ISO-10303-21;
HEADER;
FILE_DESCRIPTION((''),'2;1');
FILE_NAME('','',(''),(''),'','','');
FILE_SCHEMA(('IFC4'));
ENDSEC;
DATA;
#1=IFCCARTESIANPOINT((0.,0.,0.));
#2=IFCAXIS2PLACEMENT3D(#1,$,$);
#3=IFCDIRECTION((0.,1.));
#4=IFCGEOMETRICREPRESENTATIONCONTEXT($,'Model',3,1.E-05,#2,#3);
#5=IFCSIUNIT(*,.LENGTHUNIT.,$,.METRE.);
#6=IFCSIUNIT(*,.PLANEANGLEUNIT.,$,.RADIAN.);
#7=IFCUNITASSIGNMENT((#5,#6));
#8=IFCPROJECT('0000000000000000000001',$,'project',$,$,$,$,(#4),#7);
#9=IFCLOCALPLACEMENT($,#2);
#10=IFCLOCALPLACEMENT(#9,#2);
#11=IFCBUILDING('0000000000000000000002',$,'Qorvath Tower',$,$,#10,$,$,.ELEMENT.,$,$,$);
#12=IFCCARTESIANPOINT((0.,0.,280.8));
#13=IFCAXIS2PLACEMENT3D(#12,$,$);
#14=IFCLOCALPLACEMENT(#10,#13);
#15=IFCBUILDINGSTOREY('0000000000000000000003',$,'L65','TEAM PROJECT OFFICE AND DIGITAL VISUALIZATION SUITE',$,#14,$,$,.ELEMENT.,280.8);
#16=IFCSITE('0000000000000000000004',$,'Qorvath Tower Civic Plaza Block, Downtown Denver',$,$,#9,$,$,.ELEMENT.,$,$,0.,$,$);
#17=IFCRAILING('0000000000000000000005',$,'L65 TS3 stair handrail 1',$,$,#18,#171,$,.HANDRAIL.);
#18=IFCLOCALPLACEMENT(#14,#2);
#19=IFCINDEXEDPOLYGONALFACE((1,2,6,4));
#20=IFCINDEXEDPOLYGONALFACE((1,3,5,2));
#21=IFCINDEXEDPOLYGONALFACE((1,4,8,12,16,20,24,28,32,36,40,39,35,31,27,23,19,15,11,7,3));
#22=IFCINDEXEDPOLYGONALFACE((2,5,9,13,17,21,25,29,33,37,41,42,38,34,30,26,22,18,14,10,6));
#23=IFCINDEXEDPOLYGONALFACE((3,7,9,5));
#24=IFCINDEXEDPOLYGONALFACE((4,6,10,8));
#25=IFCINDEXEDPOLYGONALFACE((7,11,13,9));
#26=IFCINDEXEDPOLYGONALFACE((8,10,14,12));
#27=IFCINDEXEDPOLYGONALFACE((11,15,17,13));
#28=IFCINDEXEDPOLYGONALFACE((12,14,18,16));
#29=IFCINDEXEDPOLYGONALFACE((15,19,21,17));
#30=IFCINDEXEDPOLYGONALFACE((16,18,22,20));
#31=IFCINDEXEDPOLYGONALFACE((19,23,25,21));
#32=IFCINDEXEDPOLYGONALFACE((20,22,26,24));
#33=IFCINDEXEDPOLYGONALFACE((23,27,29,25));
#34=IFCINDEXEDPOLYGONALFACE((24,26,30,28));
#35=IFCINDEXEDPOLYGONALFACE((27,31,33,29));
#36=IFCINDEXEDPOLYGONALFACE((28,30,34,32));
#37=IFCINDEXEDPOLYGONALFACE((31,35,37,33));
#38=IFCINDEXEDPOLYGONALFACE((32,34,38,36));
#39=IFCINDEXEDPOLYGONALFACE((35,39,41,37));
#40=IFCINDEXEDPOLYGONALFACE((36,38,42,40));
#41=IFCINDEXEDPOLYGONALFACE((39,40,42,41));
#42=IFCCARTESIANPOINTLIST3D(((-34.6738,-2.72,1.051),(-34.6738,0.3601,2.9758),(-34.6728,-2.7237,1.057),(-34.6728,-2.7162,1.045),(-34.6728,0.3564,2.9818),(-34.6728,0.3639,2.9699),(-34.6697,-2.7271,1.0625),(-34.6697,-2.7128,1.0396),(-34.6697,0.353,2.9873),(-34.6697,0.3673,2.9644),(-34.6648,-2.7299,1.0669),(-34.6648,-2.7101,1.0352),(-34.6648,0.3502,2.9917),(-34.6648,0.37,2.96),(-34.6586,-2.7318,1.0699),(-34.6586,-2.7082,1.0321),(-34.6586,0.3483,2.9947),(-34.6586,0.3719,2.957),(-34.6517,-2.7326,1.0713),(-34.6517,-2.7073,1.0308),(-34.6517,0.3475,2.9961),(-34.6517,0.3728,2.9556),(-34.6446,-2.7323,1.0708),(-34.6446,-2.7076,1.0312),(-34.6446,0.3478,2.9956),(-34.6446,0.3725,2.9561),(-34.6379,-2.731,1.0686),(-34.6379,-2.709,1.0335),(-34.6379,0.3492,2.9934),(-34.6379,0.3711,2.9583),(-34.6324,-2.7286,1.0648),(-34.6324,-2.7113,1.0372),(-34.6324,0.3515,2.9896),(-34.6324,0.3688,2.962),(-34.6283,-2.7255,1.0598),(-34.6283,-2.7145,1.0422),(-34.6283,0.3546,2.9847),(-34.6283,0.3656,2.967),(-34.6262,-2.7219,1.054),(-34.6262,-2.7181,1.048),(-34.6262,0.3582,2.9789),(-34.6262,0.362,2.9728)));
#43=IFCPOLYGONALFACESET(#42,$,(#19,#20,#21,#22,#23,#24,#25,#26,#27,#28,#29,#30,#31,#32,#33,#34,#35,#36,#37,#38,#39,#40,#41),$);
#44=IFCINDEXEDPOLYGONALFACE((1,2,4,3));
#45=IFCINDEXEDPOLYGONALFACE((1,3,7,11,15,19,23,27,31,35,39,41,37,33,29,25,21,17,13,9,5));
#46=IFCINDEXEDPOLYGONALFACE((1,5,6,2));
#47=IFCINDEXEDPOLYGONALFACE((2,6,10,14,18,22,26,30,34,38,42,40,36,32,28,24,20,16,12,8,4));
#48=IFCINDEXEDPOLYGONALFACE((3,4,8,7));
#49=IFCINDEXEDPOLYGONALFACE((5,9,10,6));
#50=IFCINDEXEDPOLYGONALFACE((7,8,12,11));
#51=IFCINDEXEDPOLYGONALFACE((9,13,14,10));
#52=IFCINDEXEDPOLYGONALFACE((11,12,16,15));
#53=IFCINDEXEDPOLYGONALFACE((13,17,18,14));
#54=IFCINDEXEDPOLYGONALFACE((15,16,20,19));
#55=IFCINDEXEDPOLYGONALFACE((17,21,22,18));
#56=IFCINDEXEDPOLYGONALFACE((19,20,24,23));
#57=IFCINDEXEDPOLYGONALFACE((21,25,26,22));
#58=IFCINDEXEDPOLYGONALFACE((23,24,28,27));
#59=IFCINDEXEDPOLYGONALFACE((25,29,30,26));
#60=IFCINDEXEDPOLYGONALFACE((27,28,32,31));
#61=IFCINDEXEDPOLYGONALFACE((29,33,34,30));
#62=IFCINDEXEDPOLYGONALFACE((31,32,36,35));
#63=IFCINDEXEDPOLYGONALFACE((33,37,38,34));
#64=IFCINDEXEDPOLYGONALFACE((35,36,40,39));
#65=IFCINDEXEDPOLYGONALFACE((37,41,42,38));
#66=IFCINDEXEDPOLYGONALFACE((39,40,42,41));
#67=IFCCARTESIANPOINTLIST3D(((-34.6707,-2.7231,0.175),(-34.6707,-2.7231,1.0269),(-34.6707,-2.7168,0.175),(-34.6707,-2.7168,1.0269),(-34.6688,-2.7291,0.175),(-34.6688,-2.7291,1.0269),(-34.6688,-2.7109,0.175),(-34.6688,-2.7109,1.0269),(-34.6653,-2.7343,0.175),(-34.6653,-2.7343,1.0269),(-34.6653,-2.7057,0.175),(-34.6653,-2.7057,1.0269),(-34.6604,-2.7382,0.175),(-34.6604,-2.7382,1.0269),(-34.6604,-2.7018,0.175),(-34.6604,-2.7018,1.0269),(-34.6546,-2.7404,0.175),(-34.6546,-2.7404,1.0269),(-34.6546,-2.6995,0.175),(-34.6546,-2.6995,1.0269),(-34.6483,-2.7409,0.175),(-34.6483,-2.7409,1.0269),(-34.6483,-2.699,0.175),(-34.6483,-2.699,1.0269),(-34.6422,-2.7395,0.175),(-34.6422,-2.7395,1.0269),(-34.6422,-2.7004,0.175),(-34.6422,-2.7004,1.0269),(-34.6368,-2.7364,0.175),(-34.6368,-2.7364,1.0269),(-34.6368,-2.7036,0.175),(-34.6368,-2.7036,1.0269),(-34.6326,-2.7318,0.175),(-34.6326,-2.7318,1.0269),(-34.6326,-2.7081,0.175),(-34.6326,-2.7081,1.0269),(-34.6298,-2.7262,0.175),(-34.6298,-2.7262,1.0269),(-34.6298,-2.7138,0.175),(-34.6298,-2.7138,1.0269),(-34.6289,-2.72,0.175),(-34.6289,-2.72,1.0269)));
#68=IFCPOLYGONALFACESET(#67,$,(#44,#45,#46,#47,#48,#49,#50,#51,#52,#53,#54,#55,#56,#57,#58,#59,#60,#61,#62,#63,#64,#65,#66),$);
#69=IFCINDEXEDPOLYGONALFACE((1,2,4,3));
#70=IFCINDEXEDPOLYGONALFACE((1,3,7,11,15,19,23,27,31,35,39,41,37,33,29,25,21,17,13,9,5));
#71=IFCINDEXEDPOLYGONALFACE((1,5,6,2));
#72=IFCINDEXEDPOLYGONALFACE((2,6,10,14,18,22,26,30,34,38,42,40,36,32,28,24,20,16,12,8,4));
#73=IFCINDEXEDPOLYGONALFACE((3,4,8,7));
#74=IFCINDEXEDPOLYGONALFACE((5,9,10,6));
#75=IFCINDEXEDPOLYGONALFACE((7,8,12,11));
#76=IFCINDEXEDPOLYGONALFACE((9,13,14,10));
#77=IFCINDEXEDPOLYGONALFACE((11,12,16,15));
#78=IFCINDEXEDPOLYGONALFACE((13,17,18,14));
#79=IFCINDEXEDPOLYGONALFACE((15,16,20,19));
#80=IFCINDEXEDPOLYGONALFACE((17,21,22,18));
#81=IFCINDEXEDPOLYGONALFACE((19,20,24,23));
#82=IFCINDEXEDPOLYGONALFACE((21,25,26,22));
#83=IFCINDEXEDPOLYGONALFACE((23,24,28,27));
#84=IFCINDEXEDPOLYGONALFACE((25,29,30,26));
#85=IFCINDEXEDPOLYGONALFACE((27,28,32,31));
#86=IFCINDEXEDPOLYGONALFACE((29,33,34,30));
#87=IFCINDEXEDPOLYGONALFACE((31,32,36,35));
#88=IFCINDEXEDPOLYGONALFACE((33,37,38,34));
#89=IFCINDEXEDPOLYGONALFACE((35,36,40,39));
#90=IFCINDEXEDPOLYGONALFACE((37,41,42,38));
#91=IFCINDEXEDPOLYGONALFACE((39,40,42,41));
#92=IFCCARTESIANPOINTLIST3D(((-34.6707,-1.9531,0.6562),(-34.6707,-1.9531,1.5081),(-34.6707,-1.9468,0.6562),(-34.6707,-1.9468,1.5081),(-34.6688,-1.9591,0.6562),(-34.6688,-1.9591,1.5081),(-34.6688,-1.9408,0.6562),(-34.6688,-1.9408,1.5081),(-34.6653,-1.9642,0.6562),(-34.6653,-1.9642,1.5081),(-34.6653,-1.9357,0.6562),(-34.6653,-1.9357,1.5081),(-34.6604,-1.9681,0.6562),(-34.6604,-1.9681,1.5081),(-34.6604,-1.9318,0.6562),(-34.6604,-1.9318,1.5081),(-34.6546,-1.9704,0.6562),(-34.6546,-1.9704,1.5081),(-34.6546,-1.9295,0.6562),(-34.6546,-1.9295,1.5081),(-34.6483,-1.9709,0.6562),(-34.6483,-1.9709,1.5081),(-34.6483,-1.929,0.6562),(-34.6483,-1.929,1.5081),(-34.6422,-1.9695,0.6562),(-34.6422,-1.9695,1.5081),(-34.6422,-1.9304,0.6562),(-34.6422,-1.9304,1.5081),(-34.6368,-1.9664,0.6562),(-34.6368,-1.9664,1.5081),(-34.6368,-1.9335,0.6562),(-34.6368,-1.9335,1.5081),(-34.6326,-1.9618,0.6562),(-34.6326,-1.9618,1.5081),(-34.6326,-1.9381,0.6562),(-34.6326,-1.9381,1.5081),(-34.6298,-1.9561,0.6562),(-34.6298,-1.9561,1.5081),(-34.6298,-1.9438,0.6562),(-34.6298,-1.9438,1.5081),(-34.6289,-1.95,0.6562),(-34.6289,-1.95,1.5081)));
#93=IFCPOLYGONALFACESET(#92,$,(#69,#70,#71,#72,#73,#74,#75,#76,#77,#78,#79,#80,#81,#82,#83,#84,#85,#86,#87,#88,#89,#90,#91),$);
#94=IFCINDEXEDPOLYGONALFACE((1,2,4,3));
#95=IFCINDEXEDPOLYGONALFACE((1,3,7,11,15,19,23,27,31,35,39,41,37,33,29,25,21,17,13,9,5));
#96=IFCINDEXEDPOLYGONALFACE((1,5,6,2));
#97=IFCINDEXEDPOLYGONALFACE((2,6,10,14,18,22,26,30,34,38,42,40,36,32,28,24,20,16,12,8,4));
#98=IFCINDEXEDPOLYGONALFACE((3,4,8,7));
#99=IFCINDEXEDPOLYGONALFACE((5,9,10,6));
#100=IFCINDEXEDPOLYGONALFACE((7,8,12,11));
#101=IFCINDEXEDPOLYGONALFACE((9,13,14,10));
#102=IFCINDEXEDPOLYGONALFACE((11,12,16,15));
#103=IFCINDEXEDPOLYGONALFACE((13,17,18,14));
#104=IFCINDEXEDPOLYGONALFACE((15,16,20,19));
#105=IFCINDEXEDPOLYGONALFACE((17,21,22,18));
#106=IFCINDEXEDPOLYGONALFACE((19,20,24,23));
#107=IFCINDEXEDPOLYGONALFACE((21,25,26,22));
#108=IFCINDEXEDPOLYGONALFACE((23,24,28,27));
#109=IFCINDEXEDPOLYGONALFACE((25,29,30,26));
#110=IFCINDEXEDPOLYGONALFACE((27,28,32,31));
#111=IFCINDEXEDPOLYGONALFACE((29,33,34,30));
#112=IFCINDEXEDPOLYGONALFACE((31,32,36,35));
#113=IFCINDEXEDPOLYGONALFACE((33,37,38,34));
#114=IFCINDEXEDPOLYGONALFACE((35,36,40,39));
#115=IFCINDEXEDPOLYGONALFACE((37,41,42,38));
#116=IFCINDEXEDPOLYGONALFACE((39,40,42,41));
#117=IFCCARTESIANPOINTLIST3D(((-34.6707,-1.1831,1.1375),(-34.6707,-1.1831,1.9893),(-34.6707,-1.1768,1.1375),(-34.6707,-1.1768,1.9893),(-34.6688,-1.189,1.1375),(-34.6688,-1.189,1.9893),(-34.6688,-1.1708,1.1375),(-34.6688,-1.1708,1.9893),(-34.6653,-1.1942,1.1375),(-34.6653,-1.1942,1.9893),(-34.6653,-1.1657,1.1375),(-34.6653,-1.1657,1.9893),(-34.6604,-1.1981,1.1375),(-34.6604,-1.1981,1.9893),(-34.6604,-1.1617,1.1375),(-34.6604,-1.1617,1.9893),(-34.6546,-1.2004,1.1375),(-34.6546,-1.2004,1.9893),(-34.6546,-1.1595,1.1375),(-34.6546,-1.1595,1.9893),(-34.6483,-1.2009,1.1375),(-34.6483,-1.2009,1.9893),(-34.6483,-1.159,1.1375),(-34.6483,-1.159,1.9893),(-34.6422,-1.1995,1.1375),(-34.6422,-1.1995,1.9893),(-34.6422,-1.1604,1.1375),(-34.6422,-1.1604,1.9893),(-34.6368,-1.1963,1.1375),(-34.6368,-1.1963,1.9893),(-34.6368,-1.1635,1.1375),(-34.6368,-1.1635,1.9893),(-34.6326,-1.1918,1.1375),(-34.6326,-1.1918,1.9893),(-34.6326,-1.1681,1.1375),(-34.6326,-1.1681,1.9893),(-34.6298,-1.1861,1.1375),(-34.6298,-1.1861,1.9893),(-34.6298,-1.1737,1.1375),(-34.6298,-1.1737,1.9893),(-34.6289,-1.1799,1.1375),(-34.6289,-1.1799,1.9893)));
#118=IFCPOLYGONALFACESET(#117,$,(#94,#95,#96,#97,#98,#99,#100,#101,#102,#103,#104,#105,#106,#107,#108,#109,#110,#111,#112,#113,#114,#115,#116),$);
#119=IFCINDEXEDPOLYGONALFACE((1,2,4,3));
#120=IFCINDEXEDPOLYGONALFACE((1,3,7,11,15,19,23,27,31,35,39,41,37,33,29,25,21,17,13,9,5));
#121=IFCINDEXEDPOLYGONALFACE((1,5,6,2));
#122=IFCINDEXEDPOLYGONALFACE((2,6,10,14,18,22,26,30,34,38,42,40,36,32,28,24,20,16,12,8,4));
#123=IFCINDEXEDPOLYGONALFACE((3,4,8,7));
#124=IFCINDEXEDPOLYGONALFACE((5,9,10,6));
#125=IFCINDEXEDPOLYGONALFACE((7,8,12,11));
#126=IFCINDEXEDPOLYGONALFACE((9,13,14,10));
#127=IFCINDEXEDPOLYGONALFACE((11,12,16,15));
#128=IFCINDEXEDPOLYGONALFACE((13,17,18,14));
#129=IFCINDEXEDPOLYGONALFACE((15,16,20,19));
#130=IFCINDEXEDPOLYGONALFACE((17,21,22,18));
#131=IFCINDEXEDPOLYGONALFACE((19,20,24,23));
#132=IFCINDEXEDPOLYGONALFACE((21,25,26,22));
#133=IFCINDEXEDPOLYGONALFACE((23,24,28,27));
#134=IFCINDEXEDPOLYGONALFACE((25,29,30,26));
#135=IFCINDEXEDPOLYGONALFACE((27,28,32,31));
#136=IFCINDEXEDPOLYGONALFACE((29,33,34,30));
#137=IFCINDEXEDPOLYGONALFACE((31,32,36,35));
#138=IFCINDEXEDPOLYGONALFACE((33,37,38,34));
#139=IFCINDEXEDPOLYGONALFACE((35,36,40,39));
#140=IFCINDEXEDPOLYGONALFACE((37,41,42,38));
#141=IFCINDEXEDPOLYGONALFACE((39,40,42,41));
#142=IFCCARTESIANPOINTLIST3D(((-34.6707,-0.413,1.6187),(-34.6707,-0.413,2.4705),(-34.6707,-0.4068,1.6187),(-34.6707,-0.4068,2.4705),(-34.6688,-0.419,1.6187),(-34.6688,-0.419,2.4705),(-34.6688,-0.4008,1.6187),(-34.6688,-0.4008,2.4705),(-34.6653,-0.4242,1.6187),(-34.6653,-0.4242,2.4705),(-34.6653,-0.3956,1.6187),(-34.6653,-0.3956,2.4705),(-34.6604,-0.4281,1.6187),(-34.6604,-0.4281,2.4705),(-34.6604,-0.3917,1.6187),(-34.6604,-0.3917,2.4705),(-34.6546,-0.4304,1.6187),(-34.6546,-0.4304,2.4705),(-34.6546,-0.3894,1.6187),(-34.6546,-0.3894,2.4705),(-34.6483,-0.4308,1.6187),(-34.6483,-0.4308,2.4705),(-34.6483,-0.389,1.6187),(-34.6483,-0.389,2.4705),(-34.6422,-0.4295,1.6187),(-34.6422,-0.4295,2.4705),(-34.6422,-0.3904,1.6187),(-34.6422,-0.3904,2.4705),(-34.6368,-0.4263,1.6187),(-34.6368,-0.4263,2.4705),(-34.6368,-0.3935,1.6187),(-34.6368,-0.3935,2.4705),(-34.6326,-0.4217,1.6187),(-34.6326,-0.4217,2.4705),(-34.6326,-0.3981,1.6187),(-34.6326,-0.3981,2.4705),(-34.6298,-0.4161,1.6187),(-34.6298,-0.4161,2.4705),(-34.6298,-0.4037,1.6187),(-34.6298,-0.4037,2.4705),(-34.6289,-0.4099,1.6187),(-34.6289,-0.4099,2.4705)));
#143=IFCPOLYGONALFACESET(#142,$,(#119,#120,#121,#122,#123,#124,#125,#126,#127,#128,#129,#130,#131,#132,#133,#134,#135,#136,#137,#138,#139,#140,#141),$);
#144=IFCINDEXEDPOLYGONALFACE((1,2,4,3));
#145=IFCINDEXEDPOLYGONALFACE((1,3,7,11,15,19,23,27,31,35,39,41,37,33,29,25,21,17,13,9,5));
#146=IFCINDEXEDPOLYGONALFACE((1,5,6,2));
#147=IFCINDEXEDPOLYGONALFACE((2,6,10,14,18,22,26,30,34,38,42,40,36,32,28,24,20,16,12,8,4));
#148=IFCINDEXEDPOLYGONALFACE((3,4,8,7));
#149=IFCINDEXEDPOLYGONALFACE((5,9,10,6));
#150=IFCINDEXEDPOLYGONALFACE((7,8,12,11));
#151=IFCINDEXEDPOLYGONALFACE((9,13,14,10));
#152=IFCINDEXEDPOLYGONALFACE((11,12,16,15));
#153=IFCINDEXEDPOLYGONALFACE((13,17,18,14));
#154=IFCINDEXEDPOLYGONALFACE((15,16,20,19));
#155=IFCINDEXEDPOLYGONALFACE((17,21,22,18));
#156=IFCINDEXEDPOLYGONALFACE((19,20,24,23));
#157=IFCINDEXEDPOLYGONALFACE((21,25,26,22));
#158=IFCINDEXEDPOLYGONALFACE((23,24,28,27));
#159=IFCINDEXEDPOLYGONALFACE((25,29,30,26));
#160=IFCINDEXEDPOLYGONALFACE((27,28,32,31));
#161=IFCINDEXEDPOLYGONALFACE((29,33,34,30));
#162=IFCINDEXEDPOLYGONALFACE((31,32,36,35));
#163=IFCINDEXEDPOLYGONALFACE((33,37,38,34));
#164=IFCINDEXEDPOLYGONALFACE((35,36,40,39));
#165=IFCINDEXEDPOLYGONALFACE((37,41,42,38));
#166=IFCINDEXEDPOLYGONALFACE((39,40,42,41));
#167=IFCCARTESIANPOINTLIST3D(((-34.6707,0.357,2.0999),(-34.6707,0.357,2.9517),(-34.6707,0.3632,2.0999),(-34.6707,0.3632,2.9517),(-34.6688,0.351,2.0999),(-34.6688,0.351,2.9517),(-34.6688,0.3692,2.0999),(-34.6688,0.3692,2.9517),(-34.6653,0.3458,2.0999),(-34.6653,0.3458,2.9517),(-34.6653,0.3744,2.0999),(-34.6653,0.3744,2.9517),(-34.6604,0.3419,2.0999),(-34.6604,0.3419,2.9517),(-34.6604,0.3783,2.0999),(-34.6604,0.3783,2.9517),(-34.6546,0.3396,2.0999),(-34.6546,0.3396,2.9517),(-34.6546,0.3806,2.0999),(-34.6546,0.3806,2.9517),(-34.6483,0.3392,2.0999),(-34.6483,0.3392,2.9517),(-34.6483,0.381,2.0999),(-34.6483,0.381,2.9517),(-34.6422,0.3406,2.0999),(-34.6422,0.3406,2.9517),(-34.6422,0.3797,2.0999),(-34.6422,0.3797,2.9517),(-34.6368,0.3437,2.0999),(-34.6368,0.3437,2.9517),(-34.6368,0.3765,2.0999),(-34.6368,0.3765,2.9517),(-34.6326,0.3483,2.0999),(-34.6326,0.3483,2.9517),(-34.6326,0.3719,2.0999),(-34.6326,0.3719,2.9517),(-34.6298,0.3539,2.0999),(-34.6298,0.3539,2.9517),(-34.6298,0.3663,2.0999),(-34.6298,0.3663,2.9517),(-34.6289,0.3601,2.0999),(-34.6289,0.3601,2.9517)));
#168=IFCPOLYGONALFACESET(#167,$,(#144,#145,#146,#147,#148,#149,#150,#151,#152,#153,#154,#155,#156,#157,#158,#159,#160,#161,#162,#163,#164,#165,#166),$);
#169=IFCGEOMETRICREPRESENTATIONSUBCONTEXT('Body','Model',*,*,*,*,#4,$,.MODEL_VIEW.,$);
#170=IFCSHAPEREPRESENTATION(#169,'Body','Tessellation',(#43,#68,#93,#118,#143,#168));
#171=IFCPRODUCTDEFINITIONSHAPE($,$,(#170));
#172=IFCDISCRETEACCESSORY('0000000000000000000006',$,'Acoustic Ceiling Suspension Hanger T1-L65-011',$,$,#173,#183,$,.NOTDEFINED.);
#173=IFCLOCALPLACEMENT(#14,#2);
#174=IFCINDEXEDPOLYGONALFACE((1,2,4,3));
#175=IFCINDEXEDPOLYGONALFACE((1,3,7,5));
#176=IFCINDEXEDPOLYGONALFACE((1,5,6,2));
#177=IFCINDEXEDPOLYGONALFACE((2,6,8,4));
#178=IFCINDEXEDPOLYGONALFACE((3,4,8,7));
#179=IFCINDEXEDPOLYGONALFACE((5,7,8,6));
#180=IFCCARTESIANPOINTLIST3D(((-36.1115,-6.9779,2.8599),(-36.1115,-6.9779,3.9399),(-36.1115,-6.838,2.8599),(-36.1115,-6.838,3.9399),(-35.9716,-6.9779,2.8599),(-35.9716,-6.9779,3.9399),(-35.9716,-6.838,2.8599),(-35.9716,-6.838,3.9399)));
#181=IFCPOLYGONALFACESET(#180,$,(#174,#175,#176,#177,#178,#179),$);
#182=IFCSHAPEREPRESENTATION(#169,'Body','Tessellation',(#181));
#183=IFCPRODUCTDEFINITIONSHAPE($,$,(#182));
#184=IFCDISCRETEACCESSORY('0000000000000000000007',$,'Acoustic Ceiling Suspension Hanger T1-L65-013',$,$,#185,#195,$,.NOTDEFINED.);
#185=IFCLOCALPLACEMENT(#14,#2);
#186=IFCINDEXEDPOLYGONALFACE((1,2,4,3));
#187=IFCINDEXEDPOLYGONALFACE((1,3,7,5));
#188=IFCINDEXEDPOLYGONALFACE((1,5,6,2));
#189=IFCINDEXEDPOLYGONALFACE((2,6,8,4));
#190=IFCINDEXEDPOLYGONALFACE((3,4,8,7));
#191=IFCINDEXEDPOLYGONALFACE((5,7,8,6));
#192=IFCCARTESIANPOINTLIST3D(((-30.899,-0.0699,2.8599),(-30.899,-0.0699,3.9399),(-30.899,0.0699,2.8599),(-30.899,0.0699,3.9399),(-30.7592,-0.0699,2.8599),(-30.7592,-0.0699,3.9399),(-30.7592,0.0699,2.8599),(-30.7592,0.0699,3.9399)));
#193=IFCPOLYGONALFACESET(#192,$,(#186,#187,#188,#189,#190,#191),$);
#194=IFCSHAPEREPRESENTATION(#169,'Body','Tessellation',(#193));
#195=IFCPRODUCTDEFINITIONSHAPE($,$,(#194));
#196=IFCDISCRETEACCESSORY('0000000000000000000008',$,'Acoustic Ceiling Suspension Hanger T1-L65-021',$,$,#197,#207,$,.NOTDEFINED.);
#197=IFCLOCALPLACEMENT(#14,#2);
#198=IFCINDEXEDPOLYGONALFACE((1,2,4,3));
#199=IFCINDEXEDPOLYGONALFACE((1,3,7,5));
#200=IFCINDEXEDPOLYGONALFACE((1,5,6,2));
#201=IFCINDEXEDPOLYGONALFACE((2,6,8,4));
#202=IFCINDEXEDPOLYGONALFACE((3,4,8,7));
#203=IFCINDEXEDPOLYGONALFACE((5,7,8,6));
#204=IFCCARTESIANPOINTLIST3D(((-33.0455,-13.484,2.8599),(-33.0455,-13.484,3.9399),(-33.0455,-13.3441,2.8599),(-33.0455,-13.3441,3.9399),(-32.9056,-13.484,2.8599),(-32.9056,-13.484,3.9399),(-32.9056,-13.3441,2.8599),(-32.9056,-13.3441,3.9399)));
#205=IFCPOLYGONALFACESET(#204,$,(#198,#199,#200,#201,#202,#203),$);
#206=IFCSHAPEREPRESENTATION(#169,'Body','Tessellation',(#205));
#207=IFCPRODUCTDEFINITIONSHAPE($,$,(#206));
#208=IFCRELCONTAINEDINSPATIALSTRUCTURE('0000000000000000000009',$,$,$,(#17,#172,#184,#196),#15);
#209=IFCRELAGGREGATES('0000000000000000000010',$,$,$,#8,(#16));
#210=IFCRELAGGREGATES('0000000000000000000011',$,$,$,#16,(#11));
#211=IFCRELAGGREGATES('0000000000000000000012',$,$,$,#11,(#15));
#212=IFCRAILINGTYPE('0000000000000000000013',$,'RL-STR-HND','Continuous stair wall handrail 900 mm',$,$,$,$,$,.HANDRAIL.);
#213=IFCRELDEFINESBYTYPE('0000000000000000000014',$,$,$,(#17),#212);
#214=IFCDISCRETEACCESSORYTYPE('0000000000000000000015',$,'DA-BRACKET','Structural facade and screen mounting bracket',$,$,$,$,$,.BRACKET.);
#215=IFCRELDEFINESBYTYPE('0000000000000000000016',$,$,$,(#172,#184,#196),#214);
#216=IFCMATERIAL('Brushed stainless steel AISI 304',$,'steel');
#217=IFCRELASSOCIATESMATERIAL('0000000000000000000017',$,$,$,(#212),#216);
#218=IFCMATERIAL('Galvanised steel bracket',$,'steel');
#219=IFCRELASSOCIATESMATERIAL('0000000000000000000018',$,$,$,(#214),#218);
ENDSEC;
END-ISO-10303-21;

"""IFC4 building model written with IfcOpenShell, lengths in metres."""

from ifc_helpers import new_model, si_unit, direction, frame, origin, origin_2d, place, context, subcontext, project, spatial, rectangle, circle, extrude, material, type_object, element, save


model = new_model("IFC4")

# Units and contexts
model_context = context("Model", 3, precision=1e-05, world=origin(), true_north=direction((0.0, 1.0)))
body_context = subcontext(model_context, "Body", "Model", "MODEL_VIEW")
ifc_project = project(units=[si_unit("LENGTHUNIT", "METRE"), si_unit("PLANEANGLEUNIT", "RADIAN")], contexts=[model_context])

# Site, building, storey
site_placement = place(None, origin())
site = spatial("IfcSite", under=ifc_project, at=site_placement, Name="Qorvath Tower Civic Plaza Block, Downtown Denver", CompositionType="ELEMENT", RefElevation=0.0)
building_placement = place(site_placement, origin())
building = spatial("IfcBuilding", under=site, at=building_placement, Name="Qorvath Tower", CompositionType="ELEMENT")
storey_placement = place(building_placement, frame((0.0, 0.0, 280.8)))
storey = spatial("IfcBuildingStorey", under=building, at=storey_placement, Name="L65", Description="TEAM PROJECT OFFICE AND DIGITAL VISUALIZATION SUITE", CompositionType="ELEMENT", Elevation=280.8)

# Railing
ifc_material_1 = material(Name="Brushed stainless steel AISI 304", Category="steel")
railing_type = type_object("IfcRailingType", Name="RL-STR-HND", Description="Continuous stair wall handrail 900 mm", PredefinedType="HANDRAIL", material=ifc_material_1)
railing_placement = place(storey_placement, frame((-34.6499, -2.72, 0.175)))
element("IfcRailing", 1, at=railing_placement, inside=storey, type_object=railing_type, Name="L65 TS3 stair handrail 1", PredefinedType="HANDRAIL", context=body_context, shape_type="SweptSolid", body=[
    extrude(circle(Radius=0.0239, at=origin_2d()), frame((0.0, 0.0, 0.876), z_axis=(0.0, 0.848029, 0.529951), x_axis=(-1.0, 0.0, 0.0)), (0.0, 0.0, 1.0), 3.6321),
    extrude(circle(Radius=0.021, at=origin_2d()), origin(), (0.0, 0.0, 1.0), 0.8518),
    extrude(circle(Radius=0.021, at=origin_2d()), frame((0.0, 0.77, 0.4812)), (0.0, 0.0, 1.0), 0.8518),
    extrude(circle(Radius=0.021, at=origin_2d()), frame((0.0, 1.54, 0.9624)), (0.0, 0.0, 1.0), 0.8518),
    extrude(circle(Radius=0.021, at=origin_2d()), frame((0.0, 2.3101, 1.4436)), (0.0, 0.0, 1.0), 0.8518),
    extrude(circle(Radius=0.021, at=origin_2d()), frame((0.0, 3.0801, 1.9248)), (0.0, 0.0, 1.0), 0.8518),
])

# Discrete accessories
ifc_material_2 = material(Name="Galvanised steel bracket", Category="steel")
discrete_accessory_type = type_object("IfcDiscreteAccessoryType", Name="DA-BRACKET", Description="Structural facade and screen mounting bracket", PredefinedType="BRACKET", material=ifc_material_2)
for number, where, z_axis, x_axis, name in (
    (2, (-36.0415, -6.908, 2.8599), (0.0, 0.0, 1.0), (1.0, 0.0, 0.0), "Acoustic Ceiling Suspension Hanger T1-L65-011"),
    (3, (-30.8291, 0.0, 2.8599), (0.0, 0.0, 1.0), (1.0, 0.0, 0.0), "Acoustic Ceiling Suspension Hanger T1-L65-013"),
    (4, (-32.9756, -13.4141, 2.8599), (0.0, 0.0, 1.0), (1.0, 0.0, 0.0), "Acoustic Ceiling Suspension Hanger T1-L65-021"),
):
    element("IfcDiscreteAccessory", number, at=place(storey_placement, frame(where, z_axis=z_axis, x_axis=x_axis)), inside=storey, type_object=discrete_accessory_type, Name=name, PredefinedType="NOTDEFINED", context=body_context, shape_type="SweptSolid", body=[
        extrude(rectangle(XDim=0.1399, YDim=0.1399, at=origin_2d()), origin(), (0.0, 0.0, 1.0), 1.0801),
    ])

save(model, "model.ifc")
